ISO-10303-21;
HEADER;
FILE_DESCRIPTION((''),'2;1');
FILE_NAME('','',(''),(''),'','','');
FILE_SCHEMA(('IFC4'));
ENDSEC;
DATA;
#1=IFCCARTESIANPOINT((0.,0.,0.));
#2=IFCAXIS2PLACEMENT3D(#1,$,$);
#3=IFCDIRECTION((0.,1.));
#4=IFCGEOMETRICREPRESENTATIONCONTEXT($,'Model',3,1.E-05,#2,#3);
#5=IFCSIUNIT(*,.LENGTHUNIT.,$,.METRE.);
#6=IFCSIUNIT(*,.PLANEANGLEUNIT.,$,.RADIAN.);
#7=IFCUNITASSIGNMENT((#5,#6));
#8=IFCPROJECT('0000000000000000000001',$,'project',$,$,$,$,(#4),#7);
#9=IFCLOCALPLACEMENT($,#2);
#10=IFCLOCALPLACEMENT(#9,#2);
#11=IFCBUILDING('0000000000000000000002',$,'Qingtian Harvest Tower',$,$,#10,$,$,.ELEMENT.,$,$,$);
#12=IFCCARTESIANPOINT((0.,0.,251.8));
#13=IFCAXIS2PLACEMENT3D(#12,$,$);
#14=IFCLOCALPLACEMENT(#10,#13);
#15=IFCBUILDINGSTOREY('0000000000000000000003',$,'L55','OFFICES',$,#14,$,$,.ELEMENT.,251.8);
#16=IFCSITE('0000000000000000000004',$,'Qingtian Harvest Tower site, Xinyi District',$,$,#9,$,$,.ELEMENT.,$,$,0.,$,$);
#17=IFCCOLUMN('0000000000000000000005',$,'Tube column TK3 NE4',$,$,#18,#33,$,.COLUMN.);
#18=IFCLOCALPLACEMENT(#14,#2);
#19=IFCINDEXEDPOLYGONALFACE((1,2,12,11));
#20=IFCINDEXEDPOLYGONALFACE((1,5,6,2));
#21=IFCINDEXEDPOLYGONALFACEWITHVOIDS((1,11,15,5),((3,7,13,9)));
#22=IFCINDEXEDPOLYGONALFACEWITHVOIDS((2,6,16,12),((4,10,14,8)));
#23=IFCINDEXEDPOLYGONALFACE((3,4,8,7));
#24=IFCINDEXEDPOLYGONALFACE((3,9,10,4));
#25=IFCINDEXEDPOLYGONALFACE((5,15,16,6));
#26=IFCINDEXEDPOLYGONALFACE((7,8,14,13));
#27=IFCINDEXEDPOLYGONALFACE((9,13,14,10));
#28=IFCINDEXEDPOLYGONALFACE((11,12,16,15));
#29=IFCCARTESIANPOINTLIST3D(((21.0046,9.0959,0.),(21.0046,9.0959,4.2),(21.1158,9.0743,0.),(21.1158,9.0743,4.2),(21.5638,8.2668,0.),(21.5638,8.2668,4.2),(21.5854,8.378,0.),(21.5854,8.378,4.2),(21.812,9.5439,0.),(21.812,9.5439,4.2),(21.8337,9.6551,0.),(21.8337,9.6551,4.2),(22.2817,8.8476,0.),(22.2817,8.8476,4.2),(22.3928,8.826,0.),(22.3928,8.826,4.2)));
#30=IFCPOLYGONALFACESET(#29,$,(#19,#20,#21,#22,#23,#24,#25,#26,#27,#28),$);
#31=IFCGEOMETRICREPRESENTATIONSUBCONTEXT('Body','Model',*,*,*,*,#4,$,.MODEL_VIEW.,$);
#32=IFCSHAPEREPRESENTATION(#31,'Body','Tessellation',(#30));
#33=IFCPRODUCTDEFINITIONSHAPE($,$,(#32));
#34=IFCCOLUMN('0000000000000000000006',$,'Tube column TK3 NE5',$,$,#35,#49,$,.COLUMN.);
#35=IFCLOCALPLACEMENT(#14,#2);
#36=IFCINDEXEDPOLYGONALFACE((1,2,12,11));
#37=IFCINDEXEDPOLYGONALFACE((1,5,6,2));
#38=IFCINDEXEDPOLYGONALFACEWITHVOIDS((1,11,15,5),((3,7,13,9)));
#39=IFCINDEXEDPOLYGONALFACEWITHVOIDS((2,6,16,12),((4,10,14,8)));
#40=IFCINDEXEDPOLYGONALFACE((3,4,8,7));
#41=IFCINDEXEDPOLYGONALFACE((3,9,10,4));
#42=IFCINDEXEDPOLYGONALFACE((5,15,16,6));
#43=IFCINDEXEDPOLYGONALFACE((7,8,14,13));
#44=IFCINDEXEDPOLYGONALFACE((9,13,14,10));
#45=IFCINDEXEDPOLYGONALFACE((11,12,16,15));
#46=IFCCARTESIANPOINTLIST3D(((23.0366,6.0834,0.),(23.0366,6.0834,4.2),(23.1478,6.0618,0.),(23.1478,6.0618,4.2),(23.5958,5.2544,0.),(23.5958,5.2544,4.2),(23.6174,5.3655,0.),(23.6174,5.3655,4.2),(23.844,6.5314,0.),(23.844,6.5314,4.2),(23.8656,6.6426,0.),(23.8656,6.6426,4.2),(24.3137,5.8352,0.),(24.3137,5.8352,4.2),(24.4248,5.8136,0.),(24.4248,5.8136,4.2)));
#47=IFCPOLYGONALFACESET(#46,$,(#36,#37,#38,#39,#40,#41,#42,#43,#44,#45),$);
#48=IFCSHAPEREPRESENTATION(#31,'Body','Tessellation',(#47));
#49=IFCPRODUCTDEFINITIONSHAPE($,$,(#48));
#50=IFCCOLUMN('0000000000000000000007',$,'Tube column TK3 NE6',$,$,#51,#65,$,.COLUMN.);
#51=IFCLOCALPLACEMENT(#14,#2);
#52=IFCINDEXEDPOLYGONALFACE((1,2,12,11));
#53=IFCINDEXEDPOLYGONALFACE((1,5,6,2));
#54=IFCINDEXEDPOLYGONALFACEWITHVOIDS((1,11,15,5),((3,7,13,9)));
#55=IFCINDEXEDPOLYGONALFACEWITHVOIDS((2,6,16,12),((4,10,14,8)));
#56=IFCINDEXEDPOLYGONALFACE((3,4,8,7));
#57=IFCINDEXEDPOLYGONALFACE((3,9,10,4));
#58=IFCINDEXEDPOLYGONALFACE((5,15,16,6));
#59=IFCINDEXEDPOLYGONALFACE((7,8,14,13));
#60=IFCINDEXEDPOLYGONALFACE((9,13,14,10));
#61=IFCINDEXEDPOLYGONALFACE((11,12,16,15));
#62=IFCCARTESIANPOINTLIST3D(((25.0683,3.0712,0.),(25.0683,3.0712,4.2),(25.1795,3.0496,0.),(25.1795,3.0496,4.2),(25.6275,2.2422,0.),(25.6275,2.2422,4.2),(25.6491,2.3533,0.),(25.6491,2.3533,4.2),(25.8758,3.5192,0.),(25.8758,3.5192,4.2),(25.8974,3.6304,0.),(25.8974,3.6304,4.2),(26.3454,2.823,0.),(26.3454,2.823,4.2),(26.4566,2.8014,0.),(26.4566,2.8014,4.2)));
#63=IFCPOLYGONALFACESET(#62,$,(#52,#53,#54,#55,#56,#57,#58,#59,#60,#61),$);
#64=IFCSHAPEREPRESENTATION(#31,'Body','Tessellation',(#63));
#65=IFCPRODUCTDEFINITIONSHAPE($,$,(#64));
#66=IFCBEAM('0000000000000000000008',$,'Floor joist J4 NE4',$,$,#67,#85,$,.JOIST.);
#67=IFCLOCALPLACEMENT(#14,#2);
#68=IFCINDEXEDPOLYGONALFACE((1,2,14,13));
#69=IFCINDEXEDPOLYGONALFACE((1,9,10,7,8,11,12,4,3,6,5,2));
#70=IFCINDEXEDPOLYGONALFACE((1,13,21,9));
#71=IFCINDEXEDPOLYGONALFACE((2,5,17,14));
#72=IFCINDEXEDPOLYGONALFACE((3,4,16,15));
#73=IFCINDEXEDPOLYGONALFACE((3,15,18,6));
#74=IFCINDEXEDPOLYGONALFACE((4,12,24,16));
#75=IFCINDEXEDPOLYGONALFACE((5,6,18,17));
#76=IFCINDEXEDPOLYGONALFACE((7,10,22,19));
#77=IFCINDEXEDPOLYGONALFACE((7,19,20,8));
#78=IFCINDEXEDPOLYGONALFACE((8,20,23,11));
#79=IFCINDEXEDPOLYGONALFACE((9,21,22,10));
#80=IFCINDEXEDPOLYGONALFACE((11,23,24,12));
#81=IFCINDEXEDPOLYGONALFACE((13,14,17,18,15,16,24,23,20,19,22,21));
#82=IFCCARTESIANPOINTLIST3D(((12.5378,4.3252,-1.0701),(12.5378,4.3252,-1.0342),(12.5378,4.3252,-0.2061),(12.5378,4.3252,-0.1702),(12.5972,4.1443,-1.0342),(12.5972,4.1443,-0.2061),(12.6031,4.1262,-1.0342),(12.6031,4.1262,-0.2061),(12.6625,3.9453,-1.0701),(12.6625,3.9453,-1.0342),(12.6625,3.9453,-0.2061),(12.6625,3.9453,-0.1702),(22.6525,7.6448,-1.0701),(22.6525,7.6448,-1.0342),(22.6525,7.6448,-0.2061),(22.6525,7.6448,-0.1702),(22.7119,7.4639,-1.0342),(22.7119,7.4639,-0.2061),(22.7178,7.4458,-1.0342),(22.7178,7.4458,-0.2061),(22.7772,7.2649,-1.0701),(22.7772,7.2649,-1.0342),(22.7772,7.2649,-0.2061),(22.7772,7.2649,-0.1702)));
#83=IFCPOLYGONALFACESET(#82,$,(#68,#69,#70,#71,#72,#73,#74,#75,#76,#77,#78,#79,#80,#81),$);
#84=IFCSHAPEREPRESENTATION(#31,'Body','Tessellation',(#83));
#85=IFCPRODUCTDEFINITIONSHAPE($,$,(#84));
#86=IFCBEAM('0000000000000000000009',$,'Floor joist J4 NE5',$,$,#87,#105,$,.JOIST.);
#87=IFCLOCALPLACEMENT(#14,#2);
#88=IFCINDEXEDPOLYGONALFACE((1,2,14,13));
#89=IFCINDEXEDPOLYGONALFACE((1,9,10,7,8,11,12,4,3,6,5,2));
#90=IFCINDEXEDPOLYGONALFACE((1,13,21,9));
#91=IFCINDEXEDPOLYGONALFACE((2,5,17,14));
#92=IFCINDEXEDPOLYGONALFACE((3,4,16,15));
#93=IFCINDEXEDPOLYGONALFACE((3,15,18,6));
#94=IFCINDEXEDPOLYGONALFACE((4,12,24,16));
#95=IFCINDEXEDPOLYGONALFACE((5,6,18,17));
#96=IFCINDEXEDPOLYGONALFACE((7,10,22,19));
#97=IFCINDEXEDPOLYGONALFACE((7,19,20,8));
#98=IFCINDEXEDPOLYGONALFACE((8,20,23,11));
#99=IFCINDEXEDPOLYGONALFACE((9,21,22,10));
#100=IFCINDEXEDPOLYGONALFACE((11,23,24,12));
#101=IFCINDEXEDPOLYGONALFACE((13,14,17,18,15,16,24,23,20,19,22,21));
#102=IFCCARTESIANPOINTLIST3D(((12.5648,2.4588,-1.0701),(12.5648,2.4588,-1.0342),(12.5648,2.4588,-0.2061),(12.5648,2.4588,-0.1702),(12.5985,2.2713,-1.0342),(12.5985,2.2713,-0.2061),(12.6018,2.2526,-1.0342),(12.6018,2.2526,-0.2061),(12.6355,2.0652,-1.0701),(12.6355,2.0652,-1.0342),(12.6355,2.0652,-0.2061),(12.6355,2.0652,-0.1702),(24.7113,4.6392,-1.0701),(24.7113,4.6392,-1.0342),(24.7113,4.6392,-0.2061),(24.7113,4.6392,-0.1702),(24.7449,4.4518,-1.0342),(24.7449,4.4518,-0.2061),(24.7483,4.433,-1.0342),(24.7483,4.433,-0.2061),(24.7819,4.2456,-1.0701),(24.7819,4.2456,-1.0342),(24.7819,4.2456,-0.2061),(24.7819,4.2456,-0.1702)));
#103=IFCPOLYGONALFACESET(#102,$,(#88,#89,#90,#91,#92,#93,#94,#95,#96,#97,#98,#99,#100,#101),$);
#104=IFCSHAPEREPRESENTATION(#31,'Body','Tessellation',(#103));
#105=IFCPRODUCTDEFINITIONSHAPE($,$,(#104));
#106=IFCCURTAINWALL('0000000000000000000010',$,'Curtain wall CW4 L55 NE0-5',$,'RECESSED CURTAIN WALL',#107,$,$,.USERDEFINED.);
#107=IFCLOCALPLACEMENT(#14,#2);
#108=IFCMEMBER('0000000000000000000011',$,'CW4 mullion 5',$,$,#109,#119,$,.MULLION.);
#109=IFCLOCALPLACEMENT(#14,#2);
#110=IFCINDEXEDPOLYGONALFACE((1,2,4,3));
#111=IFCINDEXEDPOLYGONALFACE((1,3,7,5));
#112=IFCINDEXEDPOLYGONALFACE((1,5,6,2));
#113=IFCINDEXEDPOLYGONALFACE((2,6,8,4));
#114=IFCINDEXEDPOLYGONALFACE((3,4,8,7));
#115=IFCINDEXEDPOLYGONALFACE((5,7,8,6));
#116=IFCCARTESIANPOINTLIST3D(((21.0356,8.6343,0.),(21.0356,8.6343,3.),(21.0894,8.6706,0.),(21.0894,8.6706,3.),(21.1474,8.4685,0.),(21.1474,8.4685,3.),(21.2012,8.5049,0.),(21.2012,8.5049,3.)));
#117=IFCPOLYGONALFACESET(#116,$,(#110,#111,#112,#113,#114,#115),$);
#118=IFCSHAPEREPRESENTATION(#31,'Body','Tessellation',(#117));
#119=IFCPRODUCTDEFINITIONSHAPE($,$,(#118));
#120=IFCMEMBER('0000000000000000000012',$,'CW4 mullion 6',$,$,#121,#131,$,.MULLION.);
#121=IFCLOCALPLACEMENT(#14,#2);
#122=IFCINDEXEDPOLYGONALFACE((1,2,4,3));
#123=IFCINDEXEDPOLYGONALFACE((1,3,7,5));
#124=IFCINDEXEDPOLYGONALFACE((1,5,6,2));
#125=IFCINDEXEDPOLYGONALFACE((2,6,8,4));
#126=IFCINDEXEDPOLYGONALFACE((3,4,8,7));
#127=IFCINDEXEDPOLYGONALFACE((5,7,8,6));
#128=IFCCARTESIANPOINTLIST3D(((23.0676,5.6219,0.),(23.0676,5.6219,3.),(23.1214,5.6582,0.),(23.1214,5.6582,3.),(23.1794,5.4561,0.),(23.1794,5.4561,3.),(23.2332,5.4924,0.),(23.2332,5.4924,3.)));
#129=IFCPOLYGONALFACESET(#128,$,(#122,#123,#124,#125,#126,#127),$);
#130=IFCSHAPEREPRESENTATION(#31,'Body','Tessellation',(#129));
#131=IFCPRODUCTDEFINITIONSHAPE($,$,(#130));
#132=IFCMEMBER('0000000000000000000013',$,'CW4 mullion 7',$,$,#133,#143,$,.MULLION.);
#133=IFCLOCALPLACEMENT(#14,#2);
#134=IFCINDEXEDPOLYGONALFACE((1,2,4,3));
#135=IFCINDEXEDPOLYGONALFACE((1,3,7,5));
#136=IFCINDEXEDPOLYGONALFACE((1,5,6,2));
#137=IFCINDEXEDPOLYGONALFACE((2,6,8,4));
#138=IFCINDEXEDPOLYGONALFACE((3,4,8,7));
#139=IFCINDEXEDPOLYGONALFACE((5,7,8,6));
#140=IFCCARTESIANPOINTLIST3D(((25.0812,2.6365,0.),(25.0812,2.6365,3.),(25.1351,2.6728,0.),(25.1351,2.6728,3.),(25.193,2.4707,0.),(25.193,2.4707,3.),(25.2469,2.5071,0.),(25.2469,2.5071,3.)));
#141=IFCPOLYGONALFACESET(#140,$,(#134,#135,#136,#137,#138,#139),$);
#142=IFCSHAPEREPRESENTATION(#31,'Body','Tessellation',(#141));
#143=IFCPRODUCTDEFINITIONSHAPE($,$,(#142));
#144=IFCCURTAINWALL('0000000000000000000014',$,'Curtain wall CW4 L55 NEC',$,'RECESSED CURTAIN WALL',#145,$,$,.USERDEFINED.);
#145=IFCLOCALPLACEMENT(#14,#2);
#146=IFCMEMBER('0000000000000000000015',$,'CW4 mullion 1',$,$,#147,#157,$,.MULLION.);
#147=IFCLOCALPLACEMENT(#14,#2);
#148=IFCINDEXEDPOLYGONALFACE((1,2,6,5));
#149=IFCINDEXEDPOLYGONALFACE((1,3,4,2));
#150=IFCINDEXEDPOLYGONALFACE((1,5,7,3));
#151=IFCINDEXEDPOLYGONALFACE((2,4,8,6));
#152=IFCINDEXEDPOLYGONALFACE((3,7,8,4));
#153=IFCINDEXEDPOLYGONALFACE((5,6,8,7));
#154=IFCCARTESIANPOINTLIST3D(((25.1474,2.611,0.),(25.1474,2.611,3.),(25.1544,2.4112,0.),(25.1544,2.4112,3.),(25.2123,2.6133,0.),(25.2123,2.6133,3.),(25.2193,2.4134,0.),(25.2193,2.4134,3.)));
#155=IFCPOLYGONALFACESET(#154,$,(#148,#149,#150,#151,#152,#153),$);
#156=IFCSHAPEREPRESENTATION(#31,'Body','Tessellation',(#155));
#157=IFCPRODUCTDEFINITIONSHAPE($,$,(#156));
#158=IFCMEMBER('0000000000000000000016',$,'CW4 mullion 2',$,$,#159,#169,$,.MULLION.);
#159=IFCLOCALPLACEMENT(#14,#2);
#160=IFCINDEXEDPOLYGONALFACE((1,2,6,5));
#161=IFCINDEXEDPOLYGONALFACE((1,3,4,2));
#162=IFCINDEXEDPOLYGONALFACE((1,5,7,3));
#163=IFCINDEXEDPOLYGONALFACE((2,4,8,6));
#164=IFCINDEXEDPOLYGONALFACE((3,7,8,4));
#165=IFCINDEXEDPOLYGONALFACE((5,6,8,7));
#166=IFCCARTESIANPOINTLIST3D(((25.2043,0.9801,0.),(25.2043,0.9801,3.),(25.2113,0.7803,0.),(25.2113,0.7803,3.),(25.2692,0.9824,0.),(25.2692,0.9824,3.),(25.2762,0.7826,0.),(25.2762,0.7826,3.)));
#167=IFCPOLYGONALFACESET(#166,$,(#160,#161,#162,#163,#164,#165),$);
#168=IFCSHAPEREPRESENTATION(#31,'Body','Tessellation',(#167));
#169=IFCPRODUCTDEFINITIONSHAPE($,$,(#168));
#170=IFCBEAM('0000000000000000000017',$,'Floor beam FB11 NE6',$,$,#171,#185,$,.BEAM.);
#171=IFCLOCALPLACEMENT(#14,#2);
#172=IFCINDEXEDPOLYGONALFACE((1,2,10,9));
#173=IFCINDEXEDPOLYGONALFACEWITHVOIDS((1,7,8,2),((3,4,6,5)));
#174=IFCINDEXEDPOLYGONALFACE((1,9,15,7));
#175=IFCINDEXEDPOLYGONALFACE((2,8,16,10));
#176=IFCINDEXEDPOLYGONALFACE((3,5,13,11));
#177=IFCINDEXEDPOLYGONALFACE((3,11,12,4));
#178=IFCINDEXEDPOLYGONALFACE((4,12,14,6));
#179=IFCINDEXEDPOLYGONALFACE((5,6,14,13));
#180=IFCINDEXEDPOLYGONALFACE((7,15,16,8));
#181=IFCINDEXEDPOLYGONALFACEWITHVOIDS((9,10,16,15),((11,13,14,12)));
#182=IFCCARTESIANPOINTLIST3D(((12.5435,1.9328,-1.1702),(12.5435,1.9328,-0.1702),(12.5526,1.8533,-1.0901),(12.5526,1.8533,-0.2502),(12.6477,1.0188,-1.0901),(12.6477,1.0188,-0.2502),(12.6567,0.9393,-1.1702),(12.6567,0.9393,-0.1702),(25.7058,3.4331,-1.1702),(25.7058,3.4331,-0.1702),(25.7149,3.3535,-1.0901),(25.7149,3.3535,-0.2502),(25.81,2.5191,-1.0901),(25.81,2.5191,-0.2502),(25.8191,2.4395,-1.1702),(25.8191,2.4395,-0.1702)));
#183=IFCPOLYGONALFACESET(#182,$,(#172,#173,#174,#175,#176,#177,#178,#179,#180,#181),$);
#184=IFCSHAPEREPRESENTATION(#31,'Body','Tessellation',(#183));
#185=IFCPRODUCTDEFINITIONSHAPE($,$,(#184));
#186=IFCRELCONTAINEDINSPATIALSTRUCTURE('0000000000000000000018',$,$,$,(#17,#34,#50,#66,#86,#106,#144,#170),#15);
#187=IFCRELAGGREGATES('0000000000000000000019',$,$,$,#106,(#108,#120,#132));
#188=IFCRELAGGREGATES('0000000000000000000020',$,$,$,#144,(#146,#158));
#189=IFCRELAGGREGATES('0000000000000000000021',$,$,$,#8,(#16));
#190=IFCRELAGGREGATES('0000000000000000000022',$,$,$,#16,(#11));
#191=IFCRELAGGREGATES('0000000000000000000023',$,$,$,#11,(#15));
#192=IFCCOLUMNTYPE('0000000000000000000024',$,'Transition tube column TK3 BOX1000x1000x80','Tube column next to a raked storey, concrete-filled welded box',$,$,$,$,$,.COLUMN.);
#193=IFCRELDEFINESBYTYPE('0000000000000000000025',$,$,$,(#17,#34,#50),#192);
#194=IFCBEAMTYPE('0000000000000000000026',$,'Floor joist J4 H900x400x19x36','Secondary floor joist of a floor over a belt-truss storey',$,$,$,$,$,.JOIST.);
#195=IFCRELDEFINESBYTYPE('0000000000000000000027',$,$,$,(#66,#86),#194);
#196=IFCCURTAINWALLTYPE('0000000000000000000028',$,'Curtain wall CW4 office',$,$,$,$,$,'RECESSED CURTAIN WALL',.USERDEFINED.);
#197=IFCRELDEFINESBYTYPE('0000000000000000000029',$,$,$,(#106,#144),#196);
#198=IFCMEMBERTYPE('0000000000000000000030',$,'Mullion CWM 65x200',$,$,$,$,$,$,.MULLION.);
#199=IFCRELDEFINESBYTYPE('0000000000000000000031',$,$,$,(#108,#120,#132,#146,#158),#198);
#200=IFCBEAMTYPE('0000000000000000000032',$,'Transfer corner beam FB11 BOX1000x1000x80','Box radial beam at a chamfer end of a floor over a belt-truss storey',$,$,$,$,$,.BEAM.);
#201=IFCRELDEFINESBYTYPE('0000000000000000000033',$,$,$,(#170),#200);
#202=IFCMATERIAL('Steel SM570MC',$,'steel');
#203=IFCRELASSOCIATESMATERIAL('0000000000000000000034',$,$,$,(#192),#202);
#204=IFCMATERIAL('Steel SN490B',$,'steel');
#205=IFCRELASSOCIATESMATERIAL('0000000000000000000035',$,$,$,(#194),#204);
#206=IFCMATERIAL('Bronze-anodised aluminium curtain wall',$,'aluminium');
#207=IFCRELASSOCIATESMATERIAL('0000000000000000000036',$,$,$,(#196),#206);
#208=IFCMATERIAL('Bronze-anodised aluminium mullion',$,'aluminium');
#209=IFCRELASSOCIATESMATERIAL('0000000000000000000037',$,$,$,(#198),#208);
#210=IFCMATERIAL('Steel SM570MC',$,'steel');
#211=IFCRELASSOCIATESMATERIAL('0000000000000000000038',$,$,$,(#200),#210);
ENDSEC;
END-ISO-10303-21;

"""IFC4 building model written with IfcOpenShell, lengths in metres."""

from ifc_helpers import new_model, si_unit, direction, frame, origin, origin_2d, place, context, subcontext, project, spatial, rectangle, hollow_rectangle, i_section, extrude, material, material_profile, profile_set, type_object, element, aggregate, save


model = new_model("IFC4")

# Units and contexts
model_context = context("Model", 3, precision=1e-05, world=origin(), true_north=direction((0.0, 1.0)))
body_context = subcontext(model_context, "Body", "Model", "MODEL_VIEW")
ifc_project = project(units=[si_unit("LENGTHUNIT", "METRE"), si_unit("PLANEANGLEUNIT", "RADIAN")], contexts=[model_context])

# Site, building, storey
site_placement = place(None, origin())
site = spatial("IfcSite", under=ifc_project, at=site_placement, Name="Qingtian Harvest Tower site, Xinyi District", CompositionType="ELEMENT", RefElevation=0.0)
building_placement = place(site_placement, origin())
building = spatial("IfcBuilding", under=site, at=building_placement, Name="Qingtian Harvest Tower", CompositionType="ELEMENT")
storey_placement = place(building_placement, frame((0.0, 0.0, 251.8)))
storey = spatial("IfcBuildingStorey", under=building, at=storey_placement, Name="L55", Description="OFFICES", CompositionType="ELEMENT", Elevation=251.8)

# Columns
ifc_material_1 = material(Name="Steel SM570MC", Category="steel")
ifc_material_profile_1 = material_profile(ifc_material_1, hollow_rectangle(XDim=1.0, YDim=1.0, WallThickness=0.0801, at=origin_2d()), Name="BOX1000x1000x80")
ifc_profile_set_1 = profile_set([ifc_material_profile_1], Name="Steel SM570MC")
column_type = type_object("IfcColumnType", Name="Transition tube column TK3 BOX1000x1000x80", Description="Tube column next to a raked storey, concrete-filled welded box", PredefinedType="COLUMN", material=ifc_profile_set_1)
for number, where, z_axis, x_axis, name in (
    (1, (21.6987, 8.9609, 0.0), (0.0, 0.0, 1.0), (-0.559193, 0.829038, 0.0), "Tube column TK3 NE4"),
    (2, (23.7307, 5.9485, 0.0), (0.0, 0.0, 1.0), (-0.559193, 0.829038, 0.0), "Tube column TK3 NE5"),
    (3, (25.7625, 2.9363, 0.0), (0.0, 0.0, 1.0), (-0.559193, 0.829038, 0.0), "Tube column TK3 NE6"),
):
    element("IfcColumn", number, at=place(storey_placement, frame(where, z_axis=z_axis, x_axis=x_axis)), inside=storey, type_object=column_type, Name=name, PredefinedType="COLUMN", context=body_context, shape_type="SweptSolid", body=[
        extrude(hollow_rectangle(XDim=1.0, YDim=1.0, WallThickness=0.0801, at=origin_2d()), origin(), (0.0, 0.0, 1.0), 4.2),
    ])

# Beams
ifc_material_2 = material(Name="Steel SN490B", Category="steel")
ifc_material_profile_2 = material_profile(ifc_material_2, i_section(OverallWidth=0.3999, OverallDepth=0.8999, WebThickness=0.019, FlangeThickness=0.0359, at=origin_2d()), Name="H900x400x19x36")
ifc_profile_set_2 = profile_set([ifc_material_profile_2], Name="Steel SN490B")
beam_type_1 = type_object("IfcBeamType", Name="Floor joist J4 H900x400x19x36", Description="Secondary floor joist of a floor over a belt-truss storey", PredefinedType="JOIST", material=ifc_profile_set_2)
beam_1_placement = place(storey_placement, frame((22.7148, 7.4548, -0.6201), z_axis=(-0.950139, -0.311828, 0.0), x_axis=(0.311828, -0.950139, 0.0)))
element("IfcBeam", 4, at=beam_1_placement, inside=storey, type_object=beam_type_1, Name="Floor joist J4 NE4", PredefinedType="JOIST", context=body_context, shape_type="SweptSolid", body=[
    extrude(i_section(OverallWidth=0.3999, OverallDepth=0.8999, WebThickness=0.019, FlangeThickness=0.0359, at=origin_2d()), origin(), (0.0, 0.0, 1.0), 10.6455),
])
beam_2_placement = place(storey_placement, frame((24.7466, 4.4424, -0.6201), z_axis=(-0.984267, -0.176686, 0.0), x_axis=(0.176686, -0.984267, 0.0)))
element("IfcBeam", 5, at=beam_2_placement, inside=storey, type_object=beam_type_1, Name="Floor joist J4 NE5", PredefinedType="JOIST", context=body_context, shape_type="SweptSolid", body=[
    extrude(i_section(OverallWidth=0.3999, OverallDepth=0.8999, WebThickness=0.019, FlangeThickness=0.0359, at=origin_2d()), origin(), (0.0, 0.0, 1.0), 12.3406),
])

# Curtain walls, members
ifc_material_3 = material(Name="Bronze-anodised aluminium curtain wall", Category="aluminium")
curtain_wall_type = type_object("IfcCurtainWallType", Name="Curtain wall CW4 office", ElementType="RECESSED CURTAIN WALL", PredefinedType="USERDEFINED", material=ifc_material_3)
curtain_wall_1_placement = place(storey_placement, origin())
curtain_wall_1 = element("IfcCurtainWall", 6, at=curtain_wall_1_placement, inside=storey, type_object=curtain_wall_type, Name="Curtain wall CW4 L55 NE0-5", ObjectType="RECESSED CURTAIN WALL", PredefinedType="USERDEFINED")
ifc_material_4 = material(Name="Bronze-anodised aluminium mullion", Category="aluminium")
ifc_material_profile_3 = material_profile(ifc_material_4, rectangle(XDim=0.0649, YDim=0.2, at=origin_2d()), Name="AL 65x200")
ifc_profile_set_3 = profile_set([ifc_material_profile_3], Name="Bronze-anodised aluminium mullion")
member_type_1 = type_object("IfcMemberType", Name="Mullion CWM 65x200", PredefinedType="MULLION", material=ifc_profile_set_3)
member_1_placement = place(storey_placement, frame((21.1184, 8.5696, 0.0), z_axis=(0.0, 0.0, 1.0), x_axis=(0.829038, 0.559193, 0.0)))
member_1 = element("IfcMember", 7, at=member_1_placement, type_object=member_type_1, Name="CW4 mullion 5", PredefinedType="MULLION", context=body_context, shape_type="SweptSolid", body=[
    extrude(rectangle(XDim=0.0649, YDim=0.2, at=origin_2d()), origin(), (0.0, 0.0, 1.0), 3.0),
])
member_2_placement = place(storey_placement, frame((23.1504, 5.5571, 0.0), z_axis=(0.0, 0.0, 1.0), x_axis=(0.829038, 0.559193, 0.0)))
member_2 = element("IfcMember", 8, at=member_2_placement, type_object=member_type_1, Name="CW4 mullion 6", PredefinedType="MULLION", context=body_context, shape_type="SweptSolid", body=[
    extrude(rectangle(XDim=0.0649, YDim=0.2, at=origin_2d()), origin(), (0.0, 0.0, 1.0), 3.0),
])
member_3_placement = place(storey_placement, frame((25.1641, 2.5718, 0.0), z_axis=(0.0, 0.0, 1.0), x_axis=(0.829038, 0.559193, 0.0)))
member_3 = element("IfcMember", 9, at=member_3_placement, type_object=member_type_1, Name="CW4 mullion 7", PredefinedType="MULLION", context=body_context, shape_type="SweptSolid", body=[
    extrude(rectangle(XDim=0.0649, YDim=0.2, at=origin_2d()), origin(), (0.0, 0.0, 1.0), 3.0),
])
curtain_wall_2_placement = place(storey_placement, origin())
curtain_wall_2 = element("IfcCurtainWall", 10, at=curtain_wall_2_placement, inside=storey, type_object=curtain_wall_type, Name="Curtain wall CW4 L55 NEC", ObjectType="RECESSED CURTAIN WALL", PredefinedType="USERDEFINED")
member_4_placement = place(storey_placement, frame((25.1833, 2.5122, 0.0), z_axis=(0.0, 0.0, 1.0), x_axis=(0.999391, 0.034899, 0.0)))
member_4 = element("IfcMember", 11, at=member_4_placement, type_object=member_type_1, Name="CW4 mullion 1", PredefinedType="MULLION", context=body_context, shape_type="SweptSolid", body=[
    extrude(rectangle(XDim=0.0649, YDim=0.2, at=origin_2d()), origin(), (0.0, 0.0, 1.0), 3.0),
])
member_5_placement = place(storey_placement, frame((25.2402, 0.8813, 0.0), z_axis=(0.0, 0.0, 1.0), x_axis=(0.999391, 0.034899, 0.0)))
member_5 = element("IfcMember", 12, at=member_5_placement, type_object=member_type_1, Name="CW4 mullion 2", PredefinedType="MULLION", context=body_context, shape_type="SweptSolid", body=[
    extrude(rectangle(XDim=0.0649, YDim=0.2, at=origin_2d()), origin(), (0.0, 0.0, 1.0), 3.0),
])

# Beam
ifc_material_5 = material(Name="Steel SM570MC", Category="steel")
ifc_material_profile_4 = material_profile(ifc_material_5, hollow_rectangle(XDim=1.0, YDim=1.0, WallThickness=0.0801, at=origin_2d()), Name="BOX1000x1000x80")
ifc_profile_set_4 = profile_set([ifc_material_profile_4], Name="Steel SM570MC")
beam_type_2 = type_object("IfcBeamType", Name="Transfer corner beam FB11 BOX1000x1000x80", Description="Box radial beam at a chamfer end of a floor over a belt-truss storey", PredefinedType="BEAM", material=ifc_profile_set_4)
beam_3_placement = place(storey_placement, frame((25.7625, 2.9363, -0.6702), z_axis=(-0.993567, -0.113247, 0.0), x_axis=(0.113247, -0.993567, 0.0)))
element("IfcBeam", 13, at=beam_3_placement, inside=storey, type_object=beam_type_2, Name="Floor beam FB11 NE6", PredefinedType="BEAM", context=body_context, shape_type="SweptSolid", body=[
    extrude(hollow_rectangle(XDim=1.0, YDim=1.0, WallThickness=0.0801, at=origin_2d()), origin(), (0.0, 0.0, 1.0), 13.2476),
])

aggregate(curtain_wall_1, [member_1, member_2, member_3])
aggregate(curtain_wall_2, [member_4, member_5])

save(model, "model.ifc")
